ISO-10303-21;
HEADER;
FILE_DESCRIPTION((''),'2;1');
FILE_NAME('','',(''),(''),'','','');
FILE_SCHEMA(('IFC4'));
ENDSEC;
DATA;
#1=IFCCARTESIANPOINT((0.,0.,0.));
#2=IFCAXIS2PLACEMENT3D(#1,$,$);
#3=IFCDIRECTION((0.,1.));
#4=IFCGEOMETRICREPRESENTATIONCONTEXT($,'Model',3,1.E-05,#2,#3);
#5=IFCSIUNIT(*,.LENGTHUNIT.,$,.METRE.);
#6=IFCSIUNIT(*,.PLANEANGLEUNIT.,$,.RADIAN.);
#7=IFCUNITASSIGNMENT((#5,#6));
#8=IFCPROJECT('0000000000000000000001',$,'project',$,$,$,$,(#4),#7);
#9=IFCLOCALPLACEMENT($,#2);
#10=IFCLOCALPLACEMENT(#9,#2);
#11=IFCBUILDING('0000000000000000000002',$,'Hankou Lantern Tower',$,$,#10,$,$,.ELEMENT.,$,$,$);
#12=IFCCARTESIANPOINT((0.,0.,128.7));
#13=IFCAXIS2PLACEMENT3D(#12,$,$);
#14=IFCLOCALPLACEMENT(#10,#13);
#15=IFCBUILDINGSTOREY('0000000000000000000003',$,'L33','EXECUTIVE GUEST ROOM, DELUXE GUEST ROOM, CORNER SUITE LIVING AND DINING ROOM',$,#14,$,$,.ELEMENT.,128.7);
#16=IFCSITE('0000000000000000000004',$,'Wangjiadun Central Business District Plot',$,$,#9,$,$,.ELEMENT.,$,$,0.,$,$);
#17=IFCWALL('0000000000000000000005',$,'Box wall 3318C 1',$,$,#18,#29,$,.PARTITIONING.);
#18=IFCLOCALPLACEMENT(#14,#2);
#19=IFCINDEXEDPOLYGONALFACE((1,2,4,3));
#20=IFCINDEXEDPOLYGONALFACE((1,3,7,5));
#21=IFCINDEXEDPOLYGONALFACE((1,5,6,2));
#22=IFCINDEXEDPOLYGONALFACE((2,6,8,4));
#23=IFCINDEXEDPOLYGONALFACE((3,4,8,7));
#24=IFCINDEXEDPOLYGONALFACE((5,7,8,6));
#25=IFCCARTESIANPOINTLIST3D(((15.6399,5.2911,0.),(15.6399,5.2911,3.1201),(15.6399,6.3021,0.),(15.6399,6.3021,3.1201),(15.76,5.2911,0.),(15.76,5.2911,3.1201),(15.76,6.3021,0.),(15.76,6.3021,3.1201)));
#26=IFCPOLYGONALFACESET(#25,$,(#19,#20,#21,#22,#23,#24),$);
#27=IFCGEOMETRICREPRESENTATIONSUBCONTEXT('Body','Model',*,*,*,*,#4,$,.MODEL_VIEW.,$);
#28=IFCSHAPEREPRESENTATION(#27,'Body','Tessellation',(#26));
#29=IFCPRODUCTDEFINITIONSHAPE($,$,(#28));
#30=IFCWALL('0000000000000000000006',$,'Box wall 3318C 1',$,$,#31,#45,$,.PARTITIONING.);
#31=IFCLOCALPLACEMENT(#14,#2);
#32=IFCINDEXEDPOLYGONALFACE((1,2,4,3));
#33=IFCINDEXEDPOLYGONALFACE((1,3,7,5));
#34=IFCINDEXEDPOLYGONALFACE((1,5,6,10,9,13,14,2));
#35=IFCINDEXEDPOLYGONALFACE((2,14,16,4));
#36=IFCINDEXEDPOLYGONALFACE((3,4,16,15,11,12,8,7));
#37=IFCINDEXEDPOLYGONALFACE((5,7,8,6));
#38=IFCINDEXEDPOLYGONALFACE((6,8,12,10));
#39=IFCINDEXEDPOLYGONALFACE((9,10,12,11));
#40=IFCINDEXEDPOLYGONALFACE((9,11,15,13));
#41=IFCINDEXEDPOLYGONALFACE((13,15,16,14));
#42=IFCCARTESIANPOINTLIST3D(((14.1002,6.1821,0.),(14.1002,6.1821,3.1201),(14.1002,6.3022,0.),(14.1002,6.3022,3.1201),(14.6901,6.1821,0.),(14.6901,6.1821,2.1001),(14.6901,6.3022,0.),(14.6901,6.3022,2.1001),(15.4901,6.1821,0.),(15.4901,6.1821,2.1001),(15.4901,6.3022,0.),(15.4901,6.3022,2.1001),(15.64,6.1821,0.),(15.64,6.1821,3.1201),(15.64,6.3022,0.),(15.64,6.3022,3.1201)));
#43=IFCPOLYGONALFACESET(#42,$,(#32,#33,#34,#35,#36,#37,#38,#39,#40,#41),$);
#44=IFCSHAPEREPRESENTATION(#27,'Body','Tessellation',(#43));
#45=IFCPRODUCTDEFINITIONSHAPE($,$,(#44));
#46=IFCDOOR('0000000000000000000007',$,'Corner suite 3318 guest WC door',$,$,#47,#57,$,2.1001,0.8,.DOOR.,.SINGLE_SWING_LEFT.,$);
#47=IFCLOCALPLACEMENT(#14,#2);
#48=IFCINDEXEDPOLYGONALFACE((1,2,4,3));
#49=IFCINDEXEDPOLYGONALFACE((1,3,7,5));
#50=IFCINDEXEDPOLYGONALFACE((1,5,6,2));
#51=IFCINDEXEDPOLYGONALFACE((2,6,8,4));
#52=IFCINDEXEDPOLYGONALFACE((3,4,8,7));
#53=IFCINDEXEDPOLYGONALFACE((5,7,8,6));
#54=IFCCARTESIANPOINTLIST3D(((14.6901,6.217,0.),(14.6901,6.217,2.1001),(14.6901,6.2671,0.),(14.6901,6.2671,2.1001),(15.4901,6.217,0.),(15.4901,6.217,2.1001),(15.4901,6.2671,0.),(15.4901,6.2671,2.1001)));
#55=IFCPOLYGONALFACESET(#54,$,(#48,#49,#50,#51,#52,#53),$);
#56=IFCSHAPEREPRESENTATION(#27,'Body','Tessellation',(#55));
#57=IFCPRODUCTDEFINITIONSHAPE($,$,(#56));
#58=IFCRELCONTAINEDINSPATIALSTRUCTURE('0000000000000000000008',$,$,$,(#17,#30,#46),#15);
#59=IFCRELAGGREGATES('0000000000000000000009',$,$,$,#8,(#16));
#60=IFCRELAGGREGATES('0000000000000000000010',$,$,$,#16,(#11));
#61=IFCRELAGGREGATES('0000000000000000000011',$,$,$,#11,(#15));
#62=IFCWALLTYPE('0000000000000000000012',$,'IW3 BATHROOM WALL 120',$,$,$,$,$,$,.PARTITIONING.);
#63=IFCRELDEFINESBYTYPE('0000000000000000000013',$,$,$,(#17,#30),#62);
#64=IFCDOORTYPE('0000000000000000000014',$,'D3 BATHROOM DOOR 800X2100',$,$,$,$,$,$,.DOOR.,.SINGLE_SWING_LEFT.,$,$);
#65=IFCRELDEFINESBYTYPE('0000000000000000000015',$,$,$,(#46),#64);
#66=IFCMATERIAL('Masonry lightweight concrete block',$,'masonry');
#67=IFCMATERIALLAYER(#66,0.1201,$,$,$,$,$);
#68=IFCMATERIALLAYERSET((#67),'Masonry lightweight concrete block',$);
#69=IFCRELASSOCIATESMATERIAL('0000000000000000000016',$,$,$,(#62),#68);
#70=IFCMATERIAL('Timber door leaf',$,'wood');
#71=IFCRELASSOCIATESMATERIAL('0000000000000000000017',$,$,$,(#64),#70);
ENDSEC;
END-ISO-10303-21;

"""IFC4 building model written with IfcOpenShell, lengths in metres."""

from ifc_helpers import new_model, si_unit, direction, frame, frame_2d, origin, place, context, subcontext, project, spatial, rectangle, extrude, material, layer, layer_set, type_object, element, fill, save


model = new_model("IFC4")

# Units and contexts
model_context = context("Model", 3, precision=1e-05, world=origin(), true_north=direction((0.0, 1.0)))
body_context = subcontext(model_context, "Body", "Model", "MODEL_VIEW")
ifc_project = project(units=[si_unit("LENGTHUNIT", "METRE"), si_unit("PLANEANGLEUNIT", "RADIAN")], contexts=[model_context])

# Site, building, storey
site_placement = place(None, origin())
site = spatial("IfcSite", under=ifc_project, at=site_placement, Name="Wangjiadun Central Business District Plot", CompositionType="ELEMENT", RefElevation=0.0)
building_placement = place(site_placement, origin())
building = spatial("IfcBuilding", under=site, at=building_placement, Name="Hankou Lantern Tower", CompositionType="ELEMENT")
storey_placement = place(building_placement, frame((0.0, 0.0, 128.7)))
storey = spatial("IfcBuildingStorey", under=building, at=storey_placement, Name="L33", Description="EXECUTIVE GUEST ROOM, DELUXE GUEST ROOM, CORNER SUITE LIVING AND DINING ROOM", CompositionType="ELEMENT", Elevation=128.7)

# Shared definitions
ifc_material_1 = material(Name="Masonry lightweight concrete block", Category="masonry")
ifc_layer_1 = layer(ifc_material_1, 0.1201)
ifc_layer_set_1 = layer_set([ifc_layer_1], Name="Masonry lightweight concrete block")
wall_type_1 = type_object("IfcWallType", Name="IW3 BATHROOM WALL 120", PredefinedType="PARTITIONING", material=ifc_layer_set_1)
ifc_material_2 = material(Name="Timber door leaf", Category="wood")
door_type = type_object("IfcDoorType", Name="D3 BATHROOM DOOR 800X2100", OperationType="SINGLE_SWING_LEFT", PredefinedType="DOOR", material=ifc_material_2)

# Wall
wall_1_placement = place(storey_placement, frame((15.7, 5.2913, 0.0), z_axis=(0.0, 0.0, 1.0), x_axis=(0.0, 1.0, 0.0)))
element("IfcWall", 1, at=wall_1_placement, inside=storey, type_object=wall_type_1, Name="Box wall 3318C 1", PredefinedType="PARTITIONING", context=body_context, shape_type="SweptSolid", body=[
    extrude(rectangle(XDim=1.011, YDim=0.1201, at=frame_2d((0.5054, 0.0))), origin(), (0.0, 0.0, 1.0), 3.1201),
])

# Wall, opening, door
wall_2_placement = place(storey_placement, frame((14.1001, 6.2422, 0.0), z_axis=(0.0, 0.0, 1.0), x_axis=(1.0, 0.0, 0.0)))
wall_2 = element("IfcWall", 2, at=wall_2_placement, inside=storey, type_object=wall_type_1, Name="Box wall 3318C 1", PredefinedType="PARTITIONING", context=body_context, shape_type="SweptSolid", body=[
    extrude(rectangle(XDim=1.5398, YDim=0.1201, at=frame_2d((0.77, 0.0))), origin(), (0.0, 0.0, 1.0), 3.1201),
])
opening_1_placement = place(wall_2_placement, frame((0.5901, 0.0, 0.0)))
opening_1 = element("IfcOpeningElement", 3, at=opening_1_placement, cuts=wall_2, PredefinedType="OPENING", context=body_context, shape_type="SweptSolid", body=[
    extrude(rectangle(XDim=0.8, YDim=2.1001, at=frame_2d((0.3999, 1.05))), frame((0.0, 0.0701, 0.0), z_axis=(0.0, -1.0, 0.0), x_axis=(1.0, 0.0, 0.0)), (0.0, 0.0, 1.0), 0.1401),
])
door_1_placement = place(opening_1_placement, origin())
door_1 = element("IfcDoor", 4, at=door_1_placement, inside=storey, type_object=door_type, Name="Corner suite 3318 guest WC door", OperationType="SINGLE_SWING_LEFT", OverallHeight=2.1001, OverallWidth=0.8, PredefinedType="DOOR", context=body_context, shape_type="SweptSolid", body=[
    extrude(rectangle(XDim=0.8, YDim=2.1001, at=frame_2d((0.3999, 1.05))), frame((0.0, 0.0249, 0.0), z_axis=(0.0, -1.0, 0.0), x_axis=(1.0, 0.0, 0.0)), (0.0, 0.0, 1.0), 0.05),
])
fill(opening_1, door_1)

save(model, "model.ifc")
